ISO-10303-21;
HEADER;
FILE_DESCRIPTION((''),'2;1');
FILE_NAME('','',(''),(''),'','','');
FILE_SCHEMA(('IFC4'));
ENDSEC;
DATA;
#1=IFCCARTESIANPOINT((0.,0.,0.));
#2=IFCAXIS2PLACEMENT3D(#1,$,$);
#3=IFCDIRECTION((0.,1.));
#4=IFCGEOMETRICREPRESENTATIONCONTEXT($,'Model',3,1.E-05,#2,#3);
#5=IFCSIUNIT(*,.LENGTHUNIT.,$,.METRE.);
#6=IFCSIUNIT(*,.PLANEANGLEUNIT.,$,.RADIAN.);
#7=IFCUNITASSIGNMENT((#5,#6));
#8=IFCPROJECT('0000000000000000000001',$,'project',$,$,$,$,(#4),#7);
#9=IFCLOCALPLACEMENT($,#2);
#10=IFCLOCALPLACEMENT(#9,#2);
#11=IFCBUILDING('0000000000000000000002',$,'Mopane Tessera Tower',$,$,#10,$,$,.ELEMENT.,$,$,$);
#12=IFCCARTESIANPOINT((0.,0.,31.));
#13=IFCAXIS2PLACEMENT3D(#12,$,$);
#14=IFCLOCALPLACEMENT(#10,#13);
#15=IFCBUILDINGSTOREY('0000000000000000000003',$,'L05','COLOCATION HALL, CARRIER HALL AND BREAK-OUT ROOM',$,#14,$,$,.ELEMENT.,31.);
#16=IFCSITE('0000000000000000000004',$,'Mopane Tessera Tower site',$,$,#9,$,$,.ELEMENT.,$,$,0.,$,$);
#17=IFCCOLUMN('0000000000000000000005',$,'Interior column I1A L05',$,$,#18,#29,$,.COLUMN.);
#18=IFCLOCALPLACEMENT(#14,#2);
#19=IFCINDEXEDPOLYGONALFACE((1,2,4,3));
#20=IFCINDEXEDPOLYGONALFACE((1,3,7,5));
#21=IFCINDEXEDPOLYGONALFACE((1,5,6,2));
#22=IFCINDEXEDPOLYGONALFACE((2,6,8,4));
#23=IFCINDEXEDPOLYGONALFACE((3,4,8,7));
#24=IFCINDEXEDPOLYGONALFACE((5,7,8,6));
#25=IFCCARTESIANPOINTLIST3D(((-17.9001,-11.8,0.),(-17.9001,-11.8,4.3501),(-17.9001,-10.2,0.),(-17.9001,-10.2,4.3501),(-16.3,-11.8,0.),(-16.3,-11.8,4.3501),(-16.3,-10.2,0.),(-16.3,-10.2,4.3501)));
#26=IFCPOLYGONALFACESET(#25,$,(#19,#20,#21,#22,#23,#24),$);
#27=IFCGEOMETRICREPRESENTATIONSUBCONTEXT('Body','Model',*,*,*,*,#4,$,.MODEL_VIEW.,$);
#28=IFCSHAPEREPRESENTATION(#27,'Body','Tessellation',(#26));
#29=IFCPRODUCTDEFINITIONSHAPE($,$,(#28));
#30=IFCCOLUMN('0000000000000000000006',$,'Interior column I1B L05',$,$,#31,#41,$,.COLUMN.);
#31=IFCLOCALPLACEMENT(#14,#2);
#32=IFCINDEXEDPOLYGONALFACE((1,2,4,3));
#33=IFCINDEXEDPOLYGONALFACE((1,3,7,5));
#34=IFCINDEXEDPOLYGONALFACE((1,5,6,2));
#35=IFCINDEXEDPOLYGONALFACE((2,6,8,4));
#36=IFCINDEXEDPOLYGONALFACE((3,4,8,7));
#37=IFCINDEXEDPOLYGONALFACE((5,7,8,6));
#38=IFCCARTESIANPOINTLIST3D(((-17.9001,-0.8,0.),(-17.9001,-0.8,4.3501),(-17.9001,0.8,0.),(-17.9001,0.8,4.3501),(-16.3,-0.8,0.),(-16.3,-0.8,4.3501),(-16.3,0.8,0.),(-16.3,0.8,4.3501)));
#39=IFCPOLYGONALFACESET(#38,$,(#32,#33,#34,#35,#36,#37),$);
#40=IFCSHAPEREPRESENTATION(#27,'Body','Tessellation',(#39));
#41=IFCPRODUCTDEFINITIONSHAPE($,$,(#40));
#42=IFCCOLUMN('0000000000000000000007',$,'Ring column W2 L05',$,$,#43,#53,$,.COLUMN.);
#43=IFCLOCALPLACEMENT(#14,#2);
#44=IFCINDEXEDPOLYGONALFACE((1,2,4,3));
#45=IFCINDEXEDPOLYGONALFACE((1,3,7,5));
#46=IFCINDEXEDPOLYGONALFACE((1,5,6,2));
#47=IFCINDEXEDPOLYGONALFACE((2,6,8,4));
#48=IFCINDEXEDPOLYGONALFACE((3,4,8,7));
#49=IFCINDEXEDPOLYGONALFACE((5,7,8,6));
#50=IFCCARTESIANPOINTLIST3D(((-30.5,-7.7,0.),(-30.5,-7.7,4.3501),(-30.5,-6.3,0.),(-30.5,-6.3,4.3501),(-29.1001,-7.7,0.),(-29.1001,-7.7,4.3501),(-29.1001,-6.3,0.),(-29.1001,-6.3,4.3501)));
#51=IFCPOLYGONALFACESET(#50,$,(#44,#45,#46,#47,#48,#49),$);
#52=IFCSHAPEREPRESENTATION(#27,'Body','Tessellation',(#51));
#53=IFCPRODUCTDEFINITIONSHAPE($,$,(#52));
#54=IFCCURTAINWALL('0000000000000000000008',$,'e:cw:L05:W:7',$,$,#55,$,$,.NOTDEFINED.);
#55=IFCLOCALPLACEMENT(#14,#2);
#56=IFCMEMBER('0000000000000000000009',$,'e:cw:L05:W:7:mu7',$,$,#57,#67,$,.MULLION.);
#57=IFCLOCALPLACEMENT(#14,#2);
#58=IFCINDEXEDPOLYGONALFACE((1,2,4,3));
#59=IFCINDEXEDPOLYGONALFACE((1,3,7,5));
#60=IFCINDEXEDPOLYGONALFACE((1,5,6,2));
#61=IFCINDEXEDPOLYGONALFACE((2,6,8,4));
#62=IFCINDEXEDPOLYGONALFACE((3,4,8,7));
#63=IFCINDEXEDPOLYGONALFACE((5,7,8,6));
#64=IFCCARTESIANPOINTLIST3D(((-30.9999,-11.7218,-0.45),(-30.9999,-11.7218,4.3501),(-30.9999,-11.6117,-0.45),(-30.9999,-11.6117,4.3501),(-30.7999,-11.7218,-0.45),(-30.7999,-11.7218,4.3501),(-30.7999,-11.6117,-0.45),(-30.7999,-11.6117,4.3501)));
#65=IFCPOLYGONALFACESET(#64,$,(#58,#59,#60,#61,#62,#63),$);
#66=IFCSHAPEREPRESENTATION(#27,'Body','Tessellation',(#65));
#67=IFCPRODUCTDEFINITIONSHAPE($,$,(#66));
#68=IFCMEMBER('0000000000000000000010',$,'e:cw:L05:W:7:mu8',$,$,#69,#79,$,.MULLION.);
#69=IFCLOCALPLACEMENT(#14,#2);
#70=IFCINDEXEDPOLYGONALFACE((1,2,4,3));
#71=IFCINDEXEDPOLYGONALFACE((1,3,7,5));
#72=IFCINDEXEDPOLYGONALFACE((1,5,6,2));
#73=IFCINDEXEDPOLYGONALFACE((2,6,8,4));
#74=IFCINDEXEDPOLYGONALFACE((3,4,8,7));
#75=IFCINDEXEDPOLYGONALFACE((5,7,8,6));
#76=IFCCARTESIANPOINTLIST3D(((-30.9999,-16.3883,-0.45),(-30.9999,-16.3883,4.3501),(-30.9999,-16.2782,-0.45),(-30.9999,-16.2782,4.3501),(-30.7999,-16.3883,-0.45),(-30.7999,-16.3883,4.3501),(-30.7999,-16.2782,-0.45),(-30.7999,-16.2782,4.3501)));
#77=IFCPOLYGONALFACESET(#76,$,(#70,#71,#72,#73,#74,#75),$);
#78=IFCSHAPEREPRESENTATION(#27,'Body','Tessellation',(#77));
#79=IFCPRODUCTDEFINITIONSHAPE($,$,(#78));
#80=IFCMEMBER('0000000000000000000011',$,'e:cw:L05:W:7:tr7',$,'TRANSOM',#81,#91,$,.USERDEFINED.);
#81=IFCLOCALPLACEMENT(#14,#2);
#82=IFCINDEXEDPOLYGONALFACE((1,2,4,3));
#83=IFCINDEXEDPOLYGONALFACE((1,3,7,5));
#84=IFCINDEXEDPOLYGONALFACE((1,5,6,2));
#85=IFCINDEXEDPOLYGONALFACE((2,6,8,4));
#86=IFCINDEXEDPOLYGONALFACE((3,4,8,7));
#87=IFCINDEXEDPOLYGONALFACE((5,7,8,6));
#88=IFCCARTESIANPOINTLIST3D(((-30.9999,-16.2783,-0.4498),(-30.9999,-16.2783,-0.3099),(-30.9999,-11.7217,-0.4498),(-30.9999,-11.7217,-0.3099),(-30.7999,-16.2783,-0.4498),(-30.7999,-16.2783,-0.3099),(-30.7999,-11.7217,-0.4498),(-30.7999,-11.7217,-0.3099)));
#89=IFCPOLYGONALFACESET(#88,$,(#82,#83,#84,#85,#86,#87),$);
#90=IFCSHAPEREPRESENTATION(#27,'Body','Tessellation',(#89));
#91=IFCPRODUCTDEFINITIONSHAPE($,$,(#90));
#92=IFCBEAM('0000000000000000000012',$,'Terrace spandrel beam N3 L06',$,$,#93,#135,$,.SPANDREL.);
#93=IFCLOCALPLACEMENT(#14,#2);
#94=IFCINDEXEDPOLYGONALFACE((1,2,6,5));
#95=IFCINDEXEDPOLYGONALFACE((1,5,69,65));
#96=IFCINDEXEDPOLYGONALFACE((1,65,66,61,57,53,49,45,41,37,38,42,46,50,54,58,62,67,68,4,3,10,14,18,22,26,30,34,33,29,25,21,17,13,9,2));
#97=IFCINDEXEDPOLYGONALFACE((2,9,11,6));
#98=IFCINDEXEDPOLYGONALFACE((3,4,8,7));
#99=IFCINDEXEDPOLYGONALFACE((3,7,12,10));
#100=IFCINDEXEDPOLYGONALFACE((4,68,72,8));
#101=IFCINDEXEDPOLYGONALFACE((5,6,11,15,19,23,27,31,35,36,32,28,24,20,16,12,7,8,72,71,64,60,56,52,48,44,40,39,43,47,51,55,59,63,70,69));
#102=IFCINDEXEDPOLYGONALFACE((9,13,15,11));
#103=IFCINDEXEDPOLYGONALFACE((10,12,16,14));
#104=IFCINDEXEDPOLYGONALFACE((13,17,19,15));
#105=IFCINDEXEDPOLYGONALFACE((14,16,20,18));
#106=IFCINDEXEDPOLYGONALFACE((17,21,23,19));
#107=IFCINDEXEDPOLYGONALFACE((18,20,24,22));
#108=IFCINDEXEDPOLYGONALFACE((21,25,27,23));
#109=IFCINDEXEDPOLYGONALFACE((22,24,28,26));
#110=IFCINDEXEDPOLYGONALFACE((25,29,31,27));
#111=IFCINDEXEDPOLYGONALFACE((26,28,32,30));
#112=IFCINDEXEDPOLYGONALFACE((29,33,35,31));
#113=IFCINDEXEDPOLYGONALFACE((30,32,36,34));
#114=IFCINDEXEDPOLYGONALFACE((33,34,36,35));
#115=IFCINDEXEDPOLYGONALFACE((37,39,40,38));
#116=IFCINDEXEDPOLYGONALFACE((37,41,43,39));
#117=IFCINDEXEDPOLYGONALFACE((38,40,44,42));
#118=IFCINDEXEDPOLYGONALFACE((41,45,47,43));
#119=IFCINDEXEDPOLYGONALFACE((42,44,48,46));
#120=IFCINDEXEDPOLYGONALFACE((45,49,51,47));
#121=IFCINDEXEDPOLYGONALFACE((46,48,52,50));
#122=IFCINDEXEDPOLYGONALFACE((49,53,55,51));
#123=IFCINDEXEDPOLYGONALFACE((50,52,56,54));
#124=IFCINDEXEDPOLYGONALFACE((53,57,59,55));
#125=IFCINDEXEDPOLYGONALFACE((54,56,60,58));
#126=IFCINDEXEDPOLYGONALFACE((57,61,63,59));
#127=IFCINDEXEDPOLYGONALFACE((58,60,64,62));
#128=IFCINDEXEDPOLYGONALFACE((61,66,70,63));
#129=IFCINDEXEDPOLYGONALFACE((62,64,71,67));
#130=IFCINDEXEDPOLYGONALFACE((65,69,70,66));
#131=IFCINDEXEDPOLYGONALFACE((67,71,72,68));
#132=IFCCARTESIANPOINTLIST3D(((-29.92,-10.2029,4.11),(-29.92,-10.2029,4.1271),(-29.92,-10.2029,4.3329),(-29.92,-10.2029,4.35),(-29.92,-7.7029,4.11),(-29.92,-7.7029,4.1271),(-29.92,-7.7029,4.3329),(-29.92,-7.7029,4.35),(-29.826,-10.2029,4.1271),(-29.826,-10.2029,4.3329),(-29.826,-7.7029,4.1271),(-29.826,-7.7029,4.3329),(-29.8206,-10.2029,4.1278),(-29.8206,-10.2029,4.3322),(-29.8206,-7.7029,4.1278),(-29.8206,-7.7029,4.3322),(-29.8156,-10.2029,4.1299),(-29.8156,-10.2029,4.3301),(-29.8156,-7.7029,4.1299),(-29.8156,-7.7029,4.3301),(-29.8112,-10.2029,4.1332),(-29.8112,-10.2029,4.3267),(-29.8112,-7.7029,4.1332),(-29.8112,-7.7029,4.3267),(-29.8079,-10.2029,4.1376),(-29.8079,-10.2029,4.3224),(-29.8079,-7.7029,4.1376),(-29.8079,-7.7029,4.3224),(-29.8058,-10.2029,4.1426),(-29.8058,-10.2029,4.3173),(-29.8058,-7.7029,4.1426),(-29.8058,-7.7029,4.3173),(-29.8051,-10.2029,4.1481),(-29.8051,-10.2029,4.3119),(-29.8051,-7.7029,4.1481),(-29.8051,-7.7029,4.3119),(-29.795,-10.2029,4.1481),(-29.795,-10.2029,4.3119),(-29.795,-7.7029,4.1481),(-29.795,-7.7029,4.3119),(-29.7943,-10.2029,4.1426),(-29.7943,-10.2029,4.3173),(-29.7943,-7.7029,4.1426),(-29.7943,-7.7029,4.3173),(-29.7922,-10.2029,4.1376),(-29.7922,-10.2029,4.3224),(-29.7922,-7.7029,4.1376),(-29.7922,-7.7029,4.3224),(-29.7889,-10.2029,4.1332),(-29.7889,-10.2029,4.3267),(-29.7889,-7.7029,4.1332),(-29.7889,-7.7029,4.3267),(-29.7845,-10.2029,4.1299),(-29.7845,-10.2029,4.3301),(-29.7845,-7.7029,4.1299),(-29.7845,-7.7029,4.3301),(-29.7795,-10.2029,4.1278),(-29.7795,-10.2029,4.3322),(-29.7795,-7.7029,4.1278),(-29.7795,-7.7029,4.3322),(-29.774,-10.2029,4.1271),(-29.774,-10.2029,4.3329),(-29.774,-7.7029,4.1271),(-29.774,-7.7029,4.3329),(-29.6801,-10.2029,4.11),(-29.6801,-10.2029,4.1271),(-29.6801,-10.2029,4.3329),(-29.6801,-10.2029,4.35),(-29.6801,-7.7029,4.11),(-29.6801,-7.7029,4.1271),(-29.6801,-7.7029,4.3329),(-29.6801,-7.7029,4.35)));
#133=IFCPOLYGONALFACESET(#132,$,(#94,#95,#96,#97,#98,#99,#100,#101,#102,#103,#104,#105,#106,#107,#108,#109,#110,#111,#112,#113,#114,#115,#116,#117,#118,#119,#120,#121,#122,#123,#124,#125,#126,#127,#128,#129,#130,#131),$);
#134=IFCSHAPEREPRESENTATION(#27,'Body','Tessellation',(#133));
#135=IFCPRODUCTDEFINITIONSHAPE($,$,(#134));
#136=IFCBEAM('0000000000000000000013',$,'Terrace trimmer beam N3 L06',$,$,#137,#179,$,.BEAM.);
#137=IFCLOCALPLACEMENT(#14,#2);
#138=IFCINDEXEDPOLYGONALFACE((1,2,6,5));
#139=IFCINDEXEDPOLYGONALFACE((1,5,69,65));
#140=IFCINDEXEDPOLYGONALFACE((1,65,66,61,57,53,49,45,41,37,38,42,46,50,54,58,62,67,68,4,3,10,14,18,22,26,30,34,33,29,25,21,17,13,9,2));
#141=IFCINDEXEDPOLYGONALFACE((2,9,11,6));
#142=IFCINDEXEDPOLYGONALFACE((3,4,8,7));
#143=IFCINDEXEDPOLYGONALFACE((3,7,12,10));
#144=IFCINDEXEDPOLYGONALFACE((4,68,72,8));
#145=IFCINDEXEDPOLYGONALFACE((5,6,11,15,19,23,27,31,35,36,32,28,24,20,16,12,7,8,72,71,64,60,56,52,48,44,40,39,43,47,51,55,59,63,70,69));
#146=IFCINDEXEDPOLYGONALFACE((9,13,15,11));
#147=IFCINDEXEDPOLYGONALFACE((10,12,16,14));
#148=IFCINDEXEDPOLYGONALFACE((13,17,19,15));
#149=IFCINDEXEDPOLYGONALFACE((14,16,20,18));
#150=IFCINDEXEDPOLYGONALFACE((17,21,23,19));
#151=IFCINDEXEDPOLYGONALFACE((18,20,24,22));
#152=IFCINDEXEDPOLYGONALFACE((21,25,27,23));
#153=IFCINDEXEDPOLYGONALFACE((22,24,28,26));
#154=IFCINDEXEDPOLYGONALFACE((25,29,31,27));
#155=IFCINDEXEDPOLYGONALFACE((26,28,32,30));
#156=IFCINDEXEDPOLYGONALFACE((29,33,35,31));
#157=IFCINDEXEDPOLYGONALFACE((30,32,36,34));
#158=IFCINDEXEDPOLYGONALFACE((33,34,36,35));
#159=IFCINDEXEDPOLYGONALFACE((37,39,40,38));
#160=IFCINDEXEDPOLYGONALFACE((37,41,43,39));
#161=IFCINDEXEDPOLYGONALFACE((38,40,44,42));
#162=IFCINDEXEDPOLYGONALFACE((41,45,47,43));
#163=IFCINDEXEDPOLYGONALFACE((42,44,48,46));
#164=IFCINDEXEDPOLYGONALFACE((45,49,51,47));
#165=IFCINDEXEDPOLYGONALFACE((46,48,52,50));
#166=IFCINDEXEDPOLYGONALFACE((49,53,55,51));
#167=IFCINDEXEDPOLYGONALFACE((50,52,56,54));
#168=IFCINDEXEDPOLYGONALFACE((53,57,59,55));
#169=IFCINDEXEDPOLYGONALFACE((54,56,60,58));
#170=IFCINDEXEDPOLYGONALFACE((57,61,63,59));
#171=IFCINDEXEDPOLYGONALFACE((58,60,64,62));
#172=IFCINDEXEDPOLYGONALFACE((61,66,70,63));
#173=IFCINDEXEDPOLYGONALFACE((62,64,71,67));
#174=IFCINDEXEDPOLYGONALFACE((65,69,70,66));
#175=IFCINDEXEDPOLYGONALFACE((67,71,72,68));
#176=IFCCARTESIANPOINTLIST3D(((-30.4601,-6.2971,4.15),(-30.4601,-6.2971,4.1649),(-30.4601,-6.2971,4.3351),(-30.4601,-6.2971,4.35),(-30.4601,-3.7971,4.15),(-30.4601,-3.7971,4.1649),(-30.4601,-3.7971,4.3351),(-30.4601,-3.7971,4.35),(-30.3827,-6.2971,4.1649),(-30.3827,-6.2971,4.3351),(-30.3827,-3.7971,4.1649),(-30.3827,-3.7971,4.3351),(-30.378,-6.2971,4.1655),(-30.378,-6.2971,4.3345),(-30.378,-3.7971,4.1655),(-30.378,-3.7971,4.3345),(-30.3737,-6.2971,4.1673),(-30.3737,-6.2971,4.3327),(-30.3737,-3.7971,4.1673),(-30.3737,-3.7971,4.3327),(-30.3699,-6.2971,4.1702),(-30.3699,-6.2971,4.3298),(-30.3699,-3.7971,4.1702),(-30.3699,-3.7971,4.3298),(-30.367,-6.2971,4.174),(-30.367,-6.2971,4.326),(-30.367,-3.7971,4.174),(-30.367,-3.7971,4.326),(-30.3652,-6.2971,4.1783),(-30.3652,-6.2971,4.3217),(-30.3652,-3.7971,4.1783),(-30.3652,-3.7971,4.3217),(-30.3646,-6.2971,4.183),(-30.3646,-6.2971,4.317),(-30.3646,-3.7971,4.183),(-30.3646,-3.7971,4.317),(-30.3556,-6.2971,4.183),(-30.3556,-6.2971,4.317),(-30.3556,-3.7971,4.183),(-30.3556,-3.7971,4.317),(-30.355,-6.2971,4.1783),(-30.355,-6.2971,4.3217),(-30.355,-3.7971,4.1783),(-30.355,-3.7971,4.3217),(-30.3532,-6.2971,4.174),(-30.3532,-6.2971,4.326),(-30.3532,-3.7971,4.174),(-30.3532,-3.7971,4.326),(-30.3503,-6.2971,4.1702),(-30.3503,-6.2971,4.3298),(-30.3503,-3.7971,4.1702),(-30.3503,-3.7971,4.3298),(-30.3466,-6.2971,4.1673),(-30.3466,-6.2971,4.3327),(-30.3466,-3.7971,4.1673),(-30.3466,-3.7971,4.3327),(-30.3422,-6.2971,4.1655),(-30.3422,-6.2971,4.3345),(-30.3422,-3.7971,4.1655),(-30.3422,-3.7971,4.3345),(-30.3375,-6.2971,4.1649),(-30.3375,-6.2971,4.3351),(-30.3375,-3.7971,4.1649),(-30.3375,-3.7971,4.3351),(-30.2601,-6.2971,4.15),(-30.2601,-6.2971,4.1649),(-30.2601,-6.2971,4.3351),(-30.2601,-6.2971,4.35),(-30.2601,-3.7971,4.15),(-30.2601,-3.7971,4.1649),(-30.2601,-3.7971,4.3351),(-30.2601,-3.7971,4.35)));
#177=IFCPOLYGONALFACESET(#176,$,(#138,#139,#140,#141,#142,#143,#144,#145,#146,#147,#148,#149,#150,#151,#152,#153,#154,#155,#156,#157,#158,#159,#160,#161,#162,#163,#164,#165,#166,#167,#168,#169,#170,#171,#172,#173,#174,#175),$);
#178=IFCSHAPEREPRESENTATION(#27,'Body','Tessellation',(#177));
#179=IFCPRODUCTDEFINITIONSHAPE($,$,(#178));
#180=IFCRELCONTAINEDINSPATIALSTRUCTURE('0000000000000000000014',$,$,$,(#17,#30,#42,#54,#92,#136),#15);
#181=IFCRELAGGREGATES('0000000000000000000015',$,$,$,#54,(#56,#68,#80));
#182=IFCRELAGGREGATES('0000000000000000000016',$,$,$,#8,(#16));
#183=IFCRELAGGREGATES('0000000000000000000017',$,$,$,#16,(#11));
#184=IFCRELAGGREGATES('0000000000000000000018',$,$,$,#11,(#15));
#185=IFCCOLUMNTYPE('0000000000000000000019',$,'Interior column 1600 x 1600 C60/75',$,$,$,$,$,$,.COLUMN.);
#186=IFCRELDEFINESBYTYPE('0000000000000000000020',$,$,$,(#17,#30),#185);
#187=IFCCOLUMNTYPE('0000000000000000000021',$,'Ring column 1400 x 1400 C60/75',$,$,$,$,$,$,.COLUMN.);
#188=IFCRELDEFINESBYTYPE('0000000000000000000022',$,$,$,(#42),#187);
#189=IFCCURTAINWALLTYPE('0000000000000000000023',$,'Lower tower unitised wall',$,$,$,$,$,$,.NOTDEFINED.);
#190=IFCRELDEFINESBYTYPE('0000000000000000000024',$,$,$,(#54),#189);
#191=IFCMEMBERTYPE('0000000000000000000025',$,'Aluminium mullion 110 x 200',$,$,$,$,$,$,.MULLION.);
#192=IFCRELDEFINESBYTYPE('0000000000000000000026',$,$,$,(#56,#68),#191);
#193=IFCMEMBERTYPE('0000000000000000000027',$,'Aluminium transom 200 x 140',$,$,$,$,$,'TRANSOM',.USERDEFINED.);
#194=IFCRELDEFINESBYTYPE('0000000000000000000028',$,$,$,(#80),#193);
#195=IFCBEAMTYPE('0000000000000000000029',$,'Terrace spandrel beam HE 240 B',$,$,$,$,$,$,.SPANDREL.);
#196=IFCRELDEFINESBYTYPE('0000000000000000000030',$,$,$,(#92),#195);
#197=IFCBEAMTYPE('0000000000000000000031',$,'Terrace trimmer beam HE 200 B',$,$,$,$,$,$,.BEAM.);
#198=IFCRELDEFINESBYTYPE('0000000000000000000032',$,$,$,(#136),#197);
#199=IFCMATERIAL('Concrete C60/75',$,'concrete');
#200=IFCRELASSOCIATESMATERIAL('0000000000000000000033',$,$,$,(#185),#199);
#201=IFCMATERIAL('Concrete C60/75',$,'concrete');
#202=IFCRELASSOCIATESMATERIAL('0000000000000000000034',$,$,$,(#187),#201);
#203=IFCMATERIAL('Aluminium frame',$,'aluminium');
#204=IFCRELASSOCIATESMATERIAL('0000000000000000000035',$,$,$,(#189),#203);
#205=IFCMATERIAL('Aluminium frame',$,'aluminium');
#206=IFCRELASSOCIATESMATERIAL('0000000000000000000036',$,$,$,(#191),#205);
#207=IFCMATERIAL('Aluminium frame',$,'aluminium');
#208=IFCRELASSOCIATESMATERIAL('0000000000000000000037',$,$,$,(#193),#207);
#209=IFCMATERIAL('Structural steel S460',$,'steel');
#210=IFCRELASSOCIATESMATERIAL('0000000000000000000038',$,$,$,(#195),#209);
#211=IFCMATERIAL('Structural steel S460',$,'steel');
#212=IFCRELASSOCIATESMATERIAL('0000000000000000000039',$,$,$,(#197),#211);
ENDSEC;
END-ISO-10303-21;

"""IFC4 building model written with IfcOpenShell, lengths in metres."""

from ifc_helpers import new_model, si_unit, direction, frame, origin, origin_2d, place, context, subcontext, project, spatial, rectangle, i_section, extrude, material, material_profile, profile_set, type_object, element, aggregate, save


model = new_model("IFC4")

# Units and contexts
model_context = context("Model", 3, precision=1e-05, world=origin(), true_north=direction((0.0, 1.0)))
body_context = subcontext(model_context, "Body", "Model", "MODEL_VIEW")
ifc_project = project(units=[si_unit("LENGTHUNIT", "METRE"), si_unit("PLANEANGLEUNIT", "RADIAN")], contexts=[model_context])

# Site, building, storey
site_placement = place(None, origin())
site = spatial("IfcSite", under=ifc_project, at=site_placement, Name="Mopane Tessera Tower site", CompositionType="ELEMENT", RefElevation=0.0)
building_placement = place(site_placement, origin())
building = spatial("IfcBuilding", under=site, at=building_placement, Name="Mopane Tessera Tower", CompositionType="ELEMENT")
storey_placement = place(building_placement, frame((0.0, 0.0, 31.0)))
storey = spatial("IfcBuildingStorey", under=building, at=storey_placement, Name="L05", Description="COLOCATION HALL, CARRIER HALL AND BREAK-OUT ROOM", CompositionType="ELEMENT", Elevation=31.0)

# Columns
ifc_material_1 = material(Name="Concrete C60/75", Category="concrete")
ifc_material_profile_1 = material_profile(ifc_material_1, rectangle(XDim=1.6001, YDim=1.6001, at=origin_2d()))
ifc_profile_set_1 = profile_set([ifc_material_profile_1], Name="Concrete C60/75")
column_type_1 = type_object("IfcColumnType", Name="Interior column 1600 x 1600 C60/75", PredefinedType="COLUMN", material=ifc_profile_set_1)
for number, where, z_axis, x_axis, name in (
    (1, (-17.1001, -11.0, 0.0), (0.0, 0.0, 1.0), (1.0, 0.0, 0.0), "Interior column I1A L05"),
    (2, (-17.1001, 0.0, 0.0), (0.0, 0.0, 1.0), (1.0, 0.0, 0.0), "Interior column I1B L05"),
):
    element("IfcColumn", number, at=place(storey_placement, frame(where, z_axis=z_axis, x_axis=x_axis)), inside=storey, type_object=column_type_1, Name=name, PredefinedType="COLUMN", context=body_context, shape_type="SweptSolid", body=[
        extrude(rectangle(XDim=1.6001, YDim=1.6001, at=origin_2d()), origin(), (0.0, 0.0, 1.0), 4.3501),
    ])
ifc_material_2 = material(Name="Concrete C60/75", Category="concrete")
ifc_material_profile_2 = material_profile(ifc_material_2, rectangle(XDim=1.3999, YDim=1.3999, at=origin_2d()))
ifc_profile_set_2 = profile_set([ifc_material_profile_2], Name="Concrete C60/75")
column_type_2 = type_object("IfcColumnType", Name="Ring column 1400 x 1400 C60/75", PredefinedType="COLUMN", material=ifc_profile_set_2)
column_placement = place(storey_placement, frame((-29.8, -7.0, 0.0), z_axis=(0.0, 0.0, 1.0), x_axis=(1.0, 0.0, 0.0)))
element("IfcColumn", 3, at=column_placement, inside=storey, type_object=column_type_2, Name="Ring column W2 L05", PredefinedType="COLUMN", context=body_context, shape_type="SweptSolid", body=[
    extrude(rectangle(XDim=1.3999, YDim=1.3999, at=origin_2d()), origin(), (0.0, 0.0, 1.0), 4.3501),
])

# Curtain wall, members
ifc_material_3 = material(Name="Aluminium frame", Category="aluminium")
curtain_wall_type = type_object("IfcCurtainWallType", Name="Lower tower unitised wall", PredefinedType="NOTDEFINED", material=ifc_material_3)
curtain_wall_placement = place(storey_placement, origin())
curtain_wall = element("IfcCurtainWall", 4, at=curtain_wall_placement, inside=storey, type_object=curtain_wall_type, Name="e:cw:L05:W:7", PredefinedType="NOTDEFINED")
ifc_material_4 = material(Name="Aluminium frame", Category="aluminium")
ifc_material_profile_3 = material_profile(ifc_material_4, rectangle(XDim=0.1101, YDim=0.2, at=origin_2d()))
ifc_profile_set_3 = profile_set([ifc_material_profile_3], Name="Aluminium frame")
member_type_1 = type_object("IfcMemberType", Name="Aluminium mullion 110 x 200", PredefinedType="MULLION", material=ifc_profile_set_3)
member_1_placement = place(storey_placement, frame((-30.8999, -11.6667, -0.45), z_axis=(0.0, 0.0, 1.0), x_axis=(0.0, -1.0, 0.0)))
member_1 = element("IfcMember", 5, at=member_1_placement, type_object=member_type_1, Name="e:cw:L05:W:7:mu7", PredefinedType="MULLION", context=body_context, shape_type="SweptSolid", body=[
    extrude(rectangle(XDim=0.1101, YDim=0.2, at=origin_2d()), origin(), (0.0, 0.0, 1.0), 4.8),
])
member_2_placement = place(storey_placement, frame((-30.8999, -16.3333, -0.45), z_axis=(0.0, 0.0, 1.0), x_axis=(0.0, -1.0, 0.0)))
member_2 = element("IfcMember", 6, at=member_2_placement, type_object=member_type_1, Name="e:cw:L05:W:7:mu8", PredefinedType="MULLION", context=body_context, shape_type="SweptSolid", body=[
    extrude(rectangle(XDim=0.1101, YDim=0.2, at=origin_2d()), origin(), (0.0, 0.0, 1.0), 4.8),
])
ifc_material_5 = material(Name="Aluminium frame", Category="aluminium")
ifc_material_profile_4 = material_profile(ifc_material_5, rectangle(XDim=0.2, YDim=0.1399, at=origin_2d()))
ifc_profile_set_4 = profile_set([ifc_material_profile_4], Name="Aluminium frame")
member_type_2 = type_object("IfcMemberType", Name="Aluminium transom 200 x 140", ElementType="TRANSOM", PredefinedType="USERDEFINED", material=ifc_profile_set_4)
member_3_placement = place(storey_placement, frame((-30.8999, -11.7217, -0.3799), z_axis=(0.0, -1.0, 0.0), x_axis=(1.0, 0.0, 0.0)))
member_3 = element("IfcMember", 7, at=member_3_placement, type_object=member_type_2, Name="e:cw:L05:W:7:tr7", ObjectType="TRANSOM", PredefinedType="USERDEFINED", context=body_context, shape_type="SweptSolid", body=[
    extrude(rectangle(XDim=0.2, YDim=0.1399, at=origin_2d()), origin(), (0.0, 0.0, 1.0), 4.5566),
])

# Beams
ifc_material_6 = material(Name="Structural steel S460", Category="steel")
ifc_material_profile_5 = material_profile(ifc_material_6, i_section(OverallWidth=0.24, OverallDepth=0.24, WebThickness=0.01, FlangeThickness=0.0171, FilletRadius=0.021, at=origin_2d()))
ifc_profile_set_5 = profile_set([ifc_material_profile_5], Name="Structural steel S460")
beam_type_1 = type_object("IfcBeamType", Name="Terrace spandrel beam HE 240 B", PredefinedType="SPANDREL", material=ifc_profile_set_5)
beam_1_placement = place(storey_placement, frame((-29.8, -7.7029, 4.23), z_axis=(0.0, -1.0, 0.0), x_axis=(1.0, 0.0, 0.0)))
element("IfcBeam", 8, at=beam_1_placement, inside=storey, type_object=beam_type_1, Name="Terrace spandrel beam N3 L06", PredefinedType="SPANDREL", context=body_context, shape_type="SweptSolid", body=[
    extrude(i_section(OverallWidth=0.24, OverallDepth=0.24, WebThickness=0.01, FlangeThickness=0.0171, FilletRadius=0.021, at=origin_2d()), origin(), (0.0, 0.0, 1.0), 2.5),
])
ifc_material_7 = material(Name="Structural steel S460", Category="steel")
ifc_material_profile_6 = material_profile(ifc_material_7, i_section(OverallWidth=0.2, OverallDepth=0.2, WebThickness=0.009, FlangeThickness=0.0149, FilletRadius=0.0181, at=origin_2d()))
ifc_profile_set_6 = profile_set([ifc_material_profile_6], Name="Structural steel S460")
beam_type_2 = type_object("IfcBeamType", Name="Terrace trimmer beam HE 200 B", PredefinedType="BEAM", material=ifc_profile_set_6)
beam_2_placement = place(storey_placement, frame((-30.3601, -6.2971, 4.25), z_axis=(0.0, 1.0, 0.0), x_axis=(-1.0, 0.0, 0.0)))
element("IfcBeam", 9, at=beam_2_placement, inside=storey, type_object=beam_type_2, Name="Terrace trimmer beam N3 L06", PredefinedType="BEAM", context=body_context, shape_type="SweptSolid", body=[
    extrude(i_section(OverallWidth=0.2, OverallDepth=0.2, WebThickness=0.009, FlangeThickness=0.0149, FilletRadius=0.0181, at=origin_2d()), origin(), (0.0, 0.0, 1.0), 2.5),
])

aggregate(curtain_wall, [member_1, member_2, member_3])

save(model, "model.ifc")
